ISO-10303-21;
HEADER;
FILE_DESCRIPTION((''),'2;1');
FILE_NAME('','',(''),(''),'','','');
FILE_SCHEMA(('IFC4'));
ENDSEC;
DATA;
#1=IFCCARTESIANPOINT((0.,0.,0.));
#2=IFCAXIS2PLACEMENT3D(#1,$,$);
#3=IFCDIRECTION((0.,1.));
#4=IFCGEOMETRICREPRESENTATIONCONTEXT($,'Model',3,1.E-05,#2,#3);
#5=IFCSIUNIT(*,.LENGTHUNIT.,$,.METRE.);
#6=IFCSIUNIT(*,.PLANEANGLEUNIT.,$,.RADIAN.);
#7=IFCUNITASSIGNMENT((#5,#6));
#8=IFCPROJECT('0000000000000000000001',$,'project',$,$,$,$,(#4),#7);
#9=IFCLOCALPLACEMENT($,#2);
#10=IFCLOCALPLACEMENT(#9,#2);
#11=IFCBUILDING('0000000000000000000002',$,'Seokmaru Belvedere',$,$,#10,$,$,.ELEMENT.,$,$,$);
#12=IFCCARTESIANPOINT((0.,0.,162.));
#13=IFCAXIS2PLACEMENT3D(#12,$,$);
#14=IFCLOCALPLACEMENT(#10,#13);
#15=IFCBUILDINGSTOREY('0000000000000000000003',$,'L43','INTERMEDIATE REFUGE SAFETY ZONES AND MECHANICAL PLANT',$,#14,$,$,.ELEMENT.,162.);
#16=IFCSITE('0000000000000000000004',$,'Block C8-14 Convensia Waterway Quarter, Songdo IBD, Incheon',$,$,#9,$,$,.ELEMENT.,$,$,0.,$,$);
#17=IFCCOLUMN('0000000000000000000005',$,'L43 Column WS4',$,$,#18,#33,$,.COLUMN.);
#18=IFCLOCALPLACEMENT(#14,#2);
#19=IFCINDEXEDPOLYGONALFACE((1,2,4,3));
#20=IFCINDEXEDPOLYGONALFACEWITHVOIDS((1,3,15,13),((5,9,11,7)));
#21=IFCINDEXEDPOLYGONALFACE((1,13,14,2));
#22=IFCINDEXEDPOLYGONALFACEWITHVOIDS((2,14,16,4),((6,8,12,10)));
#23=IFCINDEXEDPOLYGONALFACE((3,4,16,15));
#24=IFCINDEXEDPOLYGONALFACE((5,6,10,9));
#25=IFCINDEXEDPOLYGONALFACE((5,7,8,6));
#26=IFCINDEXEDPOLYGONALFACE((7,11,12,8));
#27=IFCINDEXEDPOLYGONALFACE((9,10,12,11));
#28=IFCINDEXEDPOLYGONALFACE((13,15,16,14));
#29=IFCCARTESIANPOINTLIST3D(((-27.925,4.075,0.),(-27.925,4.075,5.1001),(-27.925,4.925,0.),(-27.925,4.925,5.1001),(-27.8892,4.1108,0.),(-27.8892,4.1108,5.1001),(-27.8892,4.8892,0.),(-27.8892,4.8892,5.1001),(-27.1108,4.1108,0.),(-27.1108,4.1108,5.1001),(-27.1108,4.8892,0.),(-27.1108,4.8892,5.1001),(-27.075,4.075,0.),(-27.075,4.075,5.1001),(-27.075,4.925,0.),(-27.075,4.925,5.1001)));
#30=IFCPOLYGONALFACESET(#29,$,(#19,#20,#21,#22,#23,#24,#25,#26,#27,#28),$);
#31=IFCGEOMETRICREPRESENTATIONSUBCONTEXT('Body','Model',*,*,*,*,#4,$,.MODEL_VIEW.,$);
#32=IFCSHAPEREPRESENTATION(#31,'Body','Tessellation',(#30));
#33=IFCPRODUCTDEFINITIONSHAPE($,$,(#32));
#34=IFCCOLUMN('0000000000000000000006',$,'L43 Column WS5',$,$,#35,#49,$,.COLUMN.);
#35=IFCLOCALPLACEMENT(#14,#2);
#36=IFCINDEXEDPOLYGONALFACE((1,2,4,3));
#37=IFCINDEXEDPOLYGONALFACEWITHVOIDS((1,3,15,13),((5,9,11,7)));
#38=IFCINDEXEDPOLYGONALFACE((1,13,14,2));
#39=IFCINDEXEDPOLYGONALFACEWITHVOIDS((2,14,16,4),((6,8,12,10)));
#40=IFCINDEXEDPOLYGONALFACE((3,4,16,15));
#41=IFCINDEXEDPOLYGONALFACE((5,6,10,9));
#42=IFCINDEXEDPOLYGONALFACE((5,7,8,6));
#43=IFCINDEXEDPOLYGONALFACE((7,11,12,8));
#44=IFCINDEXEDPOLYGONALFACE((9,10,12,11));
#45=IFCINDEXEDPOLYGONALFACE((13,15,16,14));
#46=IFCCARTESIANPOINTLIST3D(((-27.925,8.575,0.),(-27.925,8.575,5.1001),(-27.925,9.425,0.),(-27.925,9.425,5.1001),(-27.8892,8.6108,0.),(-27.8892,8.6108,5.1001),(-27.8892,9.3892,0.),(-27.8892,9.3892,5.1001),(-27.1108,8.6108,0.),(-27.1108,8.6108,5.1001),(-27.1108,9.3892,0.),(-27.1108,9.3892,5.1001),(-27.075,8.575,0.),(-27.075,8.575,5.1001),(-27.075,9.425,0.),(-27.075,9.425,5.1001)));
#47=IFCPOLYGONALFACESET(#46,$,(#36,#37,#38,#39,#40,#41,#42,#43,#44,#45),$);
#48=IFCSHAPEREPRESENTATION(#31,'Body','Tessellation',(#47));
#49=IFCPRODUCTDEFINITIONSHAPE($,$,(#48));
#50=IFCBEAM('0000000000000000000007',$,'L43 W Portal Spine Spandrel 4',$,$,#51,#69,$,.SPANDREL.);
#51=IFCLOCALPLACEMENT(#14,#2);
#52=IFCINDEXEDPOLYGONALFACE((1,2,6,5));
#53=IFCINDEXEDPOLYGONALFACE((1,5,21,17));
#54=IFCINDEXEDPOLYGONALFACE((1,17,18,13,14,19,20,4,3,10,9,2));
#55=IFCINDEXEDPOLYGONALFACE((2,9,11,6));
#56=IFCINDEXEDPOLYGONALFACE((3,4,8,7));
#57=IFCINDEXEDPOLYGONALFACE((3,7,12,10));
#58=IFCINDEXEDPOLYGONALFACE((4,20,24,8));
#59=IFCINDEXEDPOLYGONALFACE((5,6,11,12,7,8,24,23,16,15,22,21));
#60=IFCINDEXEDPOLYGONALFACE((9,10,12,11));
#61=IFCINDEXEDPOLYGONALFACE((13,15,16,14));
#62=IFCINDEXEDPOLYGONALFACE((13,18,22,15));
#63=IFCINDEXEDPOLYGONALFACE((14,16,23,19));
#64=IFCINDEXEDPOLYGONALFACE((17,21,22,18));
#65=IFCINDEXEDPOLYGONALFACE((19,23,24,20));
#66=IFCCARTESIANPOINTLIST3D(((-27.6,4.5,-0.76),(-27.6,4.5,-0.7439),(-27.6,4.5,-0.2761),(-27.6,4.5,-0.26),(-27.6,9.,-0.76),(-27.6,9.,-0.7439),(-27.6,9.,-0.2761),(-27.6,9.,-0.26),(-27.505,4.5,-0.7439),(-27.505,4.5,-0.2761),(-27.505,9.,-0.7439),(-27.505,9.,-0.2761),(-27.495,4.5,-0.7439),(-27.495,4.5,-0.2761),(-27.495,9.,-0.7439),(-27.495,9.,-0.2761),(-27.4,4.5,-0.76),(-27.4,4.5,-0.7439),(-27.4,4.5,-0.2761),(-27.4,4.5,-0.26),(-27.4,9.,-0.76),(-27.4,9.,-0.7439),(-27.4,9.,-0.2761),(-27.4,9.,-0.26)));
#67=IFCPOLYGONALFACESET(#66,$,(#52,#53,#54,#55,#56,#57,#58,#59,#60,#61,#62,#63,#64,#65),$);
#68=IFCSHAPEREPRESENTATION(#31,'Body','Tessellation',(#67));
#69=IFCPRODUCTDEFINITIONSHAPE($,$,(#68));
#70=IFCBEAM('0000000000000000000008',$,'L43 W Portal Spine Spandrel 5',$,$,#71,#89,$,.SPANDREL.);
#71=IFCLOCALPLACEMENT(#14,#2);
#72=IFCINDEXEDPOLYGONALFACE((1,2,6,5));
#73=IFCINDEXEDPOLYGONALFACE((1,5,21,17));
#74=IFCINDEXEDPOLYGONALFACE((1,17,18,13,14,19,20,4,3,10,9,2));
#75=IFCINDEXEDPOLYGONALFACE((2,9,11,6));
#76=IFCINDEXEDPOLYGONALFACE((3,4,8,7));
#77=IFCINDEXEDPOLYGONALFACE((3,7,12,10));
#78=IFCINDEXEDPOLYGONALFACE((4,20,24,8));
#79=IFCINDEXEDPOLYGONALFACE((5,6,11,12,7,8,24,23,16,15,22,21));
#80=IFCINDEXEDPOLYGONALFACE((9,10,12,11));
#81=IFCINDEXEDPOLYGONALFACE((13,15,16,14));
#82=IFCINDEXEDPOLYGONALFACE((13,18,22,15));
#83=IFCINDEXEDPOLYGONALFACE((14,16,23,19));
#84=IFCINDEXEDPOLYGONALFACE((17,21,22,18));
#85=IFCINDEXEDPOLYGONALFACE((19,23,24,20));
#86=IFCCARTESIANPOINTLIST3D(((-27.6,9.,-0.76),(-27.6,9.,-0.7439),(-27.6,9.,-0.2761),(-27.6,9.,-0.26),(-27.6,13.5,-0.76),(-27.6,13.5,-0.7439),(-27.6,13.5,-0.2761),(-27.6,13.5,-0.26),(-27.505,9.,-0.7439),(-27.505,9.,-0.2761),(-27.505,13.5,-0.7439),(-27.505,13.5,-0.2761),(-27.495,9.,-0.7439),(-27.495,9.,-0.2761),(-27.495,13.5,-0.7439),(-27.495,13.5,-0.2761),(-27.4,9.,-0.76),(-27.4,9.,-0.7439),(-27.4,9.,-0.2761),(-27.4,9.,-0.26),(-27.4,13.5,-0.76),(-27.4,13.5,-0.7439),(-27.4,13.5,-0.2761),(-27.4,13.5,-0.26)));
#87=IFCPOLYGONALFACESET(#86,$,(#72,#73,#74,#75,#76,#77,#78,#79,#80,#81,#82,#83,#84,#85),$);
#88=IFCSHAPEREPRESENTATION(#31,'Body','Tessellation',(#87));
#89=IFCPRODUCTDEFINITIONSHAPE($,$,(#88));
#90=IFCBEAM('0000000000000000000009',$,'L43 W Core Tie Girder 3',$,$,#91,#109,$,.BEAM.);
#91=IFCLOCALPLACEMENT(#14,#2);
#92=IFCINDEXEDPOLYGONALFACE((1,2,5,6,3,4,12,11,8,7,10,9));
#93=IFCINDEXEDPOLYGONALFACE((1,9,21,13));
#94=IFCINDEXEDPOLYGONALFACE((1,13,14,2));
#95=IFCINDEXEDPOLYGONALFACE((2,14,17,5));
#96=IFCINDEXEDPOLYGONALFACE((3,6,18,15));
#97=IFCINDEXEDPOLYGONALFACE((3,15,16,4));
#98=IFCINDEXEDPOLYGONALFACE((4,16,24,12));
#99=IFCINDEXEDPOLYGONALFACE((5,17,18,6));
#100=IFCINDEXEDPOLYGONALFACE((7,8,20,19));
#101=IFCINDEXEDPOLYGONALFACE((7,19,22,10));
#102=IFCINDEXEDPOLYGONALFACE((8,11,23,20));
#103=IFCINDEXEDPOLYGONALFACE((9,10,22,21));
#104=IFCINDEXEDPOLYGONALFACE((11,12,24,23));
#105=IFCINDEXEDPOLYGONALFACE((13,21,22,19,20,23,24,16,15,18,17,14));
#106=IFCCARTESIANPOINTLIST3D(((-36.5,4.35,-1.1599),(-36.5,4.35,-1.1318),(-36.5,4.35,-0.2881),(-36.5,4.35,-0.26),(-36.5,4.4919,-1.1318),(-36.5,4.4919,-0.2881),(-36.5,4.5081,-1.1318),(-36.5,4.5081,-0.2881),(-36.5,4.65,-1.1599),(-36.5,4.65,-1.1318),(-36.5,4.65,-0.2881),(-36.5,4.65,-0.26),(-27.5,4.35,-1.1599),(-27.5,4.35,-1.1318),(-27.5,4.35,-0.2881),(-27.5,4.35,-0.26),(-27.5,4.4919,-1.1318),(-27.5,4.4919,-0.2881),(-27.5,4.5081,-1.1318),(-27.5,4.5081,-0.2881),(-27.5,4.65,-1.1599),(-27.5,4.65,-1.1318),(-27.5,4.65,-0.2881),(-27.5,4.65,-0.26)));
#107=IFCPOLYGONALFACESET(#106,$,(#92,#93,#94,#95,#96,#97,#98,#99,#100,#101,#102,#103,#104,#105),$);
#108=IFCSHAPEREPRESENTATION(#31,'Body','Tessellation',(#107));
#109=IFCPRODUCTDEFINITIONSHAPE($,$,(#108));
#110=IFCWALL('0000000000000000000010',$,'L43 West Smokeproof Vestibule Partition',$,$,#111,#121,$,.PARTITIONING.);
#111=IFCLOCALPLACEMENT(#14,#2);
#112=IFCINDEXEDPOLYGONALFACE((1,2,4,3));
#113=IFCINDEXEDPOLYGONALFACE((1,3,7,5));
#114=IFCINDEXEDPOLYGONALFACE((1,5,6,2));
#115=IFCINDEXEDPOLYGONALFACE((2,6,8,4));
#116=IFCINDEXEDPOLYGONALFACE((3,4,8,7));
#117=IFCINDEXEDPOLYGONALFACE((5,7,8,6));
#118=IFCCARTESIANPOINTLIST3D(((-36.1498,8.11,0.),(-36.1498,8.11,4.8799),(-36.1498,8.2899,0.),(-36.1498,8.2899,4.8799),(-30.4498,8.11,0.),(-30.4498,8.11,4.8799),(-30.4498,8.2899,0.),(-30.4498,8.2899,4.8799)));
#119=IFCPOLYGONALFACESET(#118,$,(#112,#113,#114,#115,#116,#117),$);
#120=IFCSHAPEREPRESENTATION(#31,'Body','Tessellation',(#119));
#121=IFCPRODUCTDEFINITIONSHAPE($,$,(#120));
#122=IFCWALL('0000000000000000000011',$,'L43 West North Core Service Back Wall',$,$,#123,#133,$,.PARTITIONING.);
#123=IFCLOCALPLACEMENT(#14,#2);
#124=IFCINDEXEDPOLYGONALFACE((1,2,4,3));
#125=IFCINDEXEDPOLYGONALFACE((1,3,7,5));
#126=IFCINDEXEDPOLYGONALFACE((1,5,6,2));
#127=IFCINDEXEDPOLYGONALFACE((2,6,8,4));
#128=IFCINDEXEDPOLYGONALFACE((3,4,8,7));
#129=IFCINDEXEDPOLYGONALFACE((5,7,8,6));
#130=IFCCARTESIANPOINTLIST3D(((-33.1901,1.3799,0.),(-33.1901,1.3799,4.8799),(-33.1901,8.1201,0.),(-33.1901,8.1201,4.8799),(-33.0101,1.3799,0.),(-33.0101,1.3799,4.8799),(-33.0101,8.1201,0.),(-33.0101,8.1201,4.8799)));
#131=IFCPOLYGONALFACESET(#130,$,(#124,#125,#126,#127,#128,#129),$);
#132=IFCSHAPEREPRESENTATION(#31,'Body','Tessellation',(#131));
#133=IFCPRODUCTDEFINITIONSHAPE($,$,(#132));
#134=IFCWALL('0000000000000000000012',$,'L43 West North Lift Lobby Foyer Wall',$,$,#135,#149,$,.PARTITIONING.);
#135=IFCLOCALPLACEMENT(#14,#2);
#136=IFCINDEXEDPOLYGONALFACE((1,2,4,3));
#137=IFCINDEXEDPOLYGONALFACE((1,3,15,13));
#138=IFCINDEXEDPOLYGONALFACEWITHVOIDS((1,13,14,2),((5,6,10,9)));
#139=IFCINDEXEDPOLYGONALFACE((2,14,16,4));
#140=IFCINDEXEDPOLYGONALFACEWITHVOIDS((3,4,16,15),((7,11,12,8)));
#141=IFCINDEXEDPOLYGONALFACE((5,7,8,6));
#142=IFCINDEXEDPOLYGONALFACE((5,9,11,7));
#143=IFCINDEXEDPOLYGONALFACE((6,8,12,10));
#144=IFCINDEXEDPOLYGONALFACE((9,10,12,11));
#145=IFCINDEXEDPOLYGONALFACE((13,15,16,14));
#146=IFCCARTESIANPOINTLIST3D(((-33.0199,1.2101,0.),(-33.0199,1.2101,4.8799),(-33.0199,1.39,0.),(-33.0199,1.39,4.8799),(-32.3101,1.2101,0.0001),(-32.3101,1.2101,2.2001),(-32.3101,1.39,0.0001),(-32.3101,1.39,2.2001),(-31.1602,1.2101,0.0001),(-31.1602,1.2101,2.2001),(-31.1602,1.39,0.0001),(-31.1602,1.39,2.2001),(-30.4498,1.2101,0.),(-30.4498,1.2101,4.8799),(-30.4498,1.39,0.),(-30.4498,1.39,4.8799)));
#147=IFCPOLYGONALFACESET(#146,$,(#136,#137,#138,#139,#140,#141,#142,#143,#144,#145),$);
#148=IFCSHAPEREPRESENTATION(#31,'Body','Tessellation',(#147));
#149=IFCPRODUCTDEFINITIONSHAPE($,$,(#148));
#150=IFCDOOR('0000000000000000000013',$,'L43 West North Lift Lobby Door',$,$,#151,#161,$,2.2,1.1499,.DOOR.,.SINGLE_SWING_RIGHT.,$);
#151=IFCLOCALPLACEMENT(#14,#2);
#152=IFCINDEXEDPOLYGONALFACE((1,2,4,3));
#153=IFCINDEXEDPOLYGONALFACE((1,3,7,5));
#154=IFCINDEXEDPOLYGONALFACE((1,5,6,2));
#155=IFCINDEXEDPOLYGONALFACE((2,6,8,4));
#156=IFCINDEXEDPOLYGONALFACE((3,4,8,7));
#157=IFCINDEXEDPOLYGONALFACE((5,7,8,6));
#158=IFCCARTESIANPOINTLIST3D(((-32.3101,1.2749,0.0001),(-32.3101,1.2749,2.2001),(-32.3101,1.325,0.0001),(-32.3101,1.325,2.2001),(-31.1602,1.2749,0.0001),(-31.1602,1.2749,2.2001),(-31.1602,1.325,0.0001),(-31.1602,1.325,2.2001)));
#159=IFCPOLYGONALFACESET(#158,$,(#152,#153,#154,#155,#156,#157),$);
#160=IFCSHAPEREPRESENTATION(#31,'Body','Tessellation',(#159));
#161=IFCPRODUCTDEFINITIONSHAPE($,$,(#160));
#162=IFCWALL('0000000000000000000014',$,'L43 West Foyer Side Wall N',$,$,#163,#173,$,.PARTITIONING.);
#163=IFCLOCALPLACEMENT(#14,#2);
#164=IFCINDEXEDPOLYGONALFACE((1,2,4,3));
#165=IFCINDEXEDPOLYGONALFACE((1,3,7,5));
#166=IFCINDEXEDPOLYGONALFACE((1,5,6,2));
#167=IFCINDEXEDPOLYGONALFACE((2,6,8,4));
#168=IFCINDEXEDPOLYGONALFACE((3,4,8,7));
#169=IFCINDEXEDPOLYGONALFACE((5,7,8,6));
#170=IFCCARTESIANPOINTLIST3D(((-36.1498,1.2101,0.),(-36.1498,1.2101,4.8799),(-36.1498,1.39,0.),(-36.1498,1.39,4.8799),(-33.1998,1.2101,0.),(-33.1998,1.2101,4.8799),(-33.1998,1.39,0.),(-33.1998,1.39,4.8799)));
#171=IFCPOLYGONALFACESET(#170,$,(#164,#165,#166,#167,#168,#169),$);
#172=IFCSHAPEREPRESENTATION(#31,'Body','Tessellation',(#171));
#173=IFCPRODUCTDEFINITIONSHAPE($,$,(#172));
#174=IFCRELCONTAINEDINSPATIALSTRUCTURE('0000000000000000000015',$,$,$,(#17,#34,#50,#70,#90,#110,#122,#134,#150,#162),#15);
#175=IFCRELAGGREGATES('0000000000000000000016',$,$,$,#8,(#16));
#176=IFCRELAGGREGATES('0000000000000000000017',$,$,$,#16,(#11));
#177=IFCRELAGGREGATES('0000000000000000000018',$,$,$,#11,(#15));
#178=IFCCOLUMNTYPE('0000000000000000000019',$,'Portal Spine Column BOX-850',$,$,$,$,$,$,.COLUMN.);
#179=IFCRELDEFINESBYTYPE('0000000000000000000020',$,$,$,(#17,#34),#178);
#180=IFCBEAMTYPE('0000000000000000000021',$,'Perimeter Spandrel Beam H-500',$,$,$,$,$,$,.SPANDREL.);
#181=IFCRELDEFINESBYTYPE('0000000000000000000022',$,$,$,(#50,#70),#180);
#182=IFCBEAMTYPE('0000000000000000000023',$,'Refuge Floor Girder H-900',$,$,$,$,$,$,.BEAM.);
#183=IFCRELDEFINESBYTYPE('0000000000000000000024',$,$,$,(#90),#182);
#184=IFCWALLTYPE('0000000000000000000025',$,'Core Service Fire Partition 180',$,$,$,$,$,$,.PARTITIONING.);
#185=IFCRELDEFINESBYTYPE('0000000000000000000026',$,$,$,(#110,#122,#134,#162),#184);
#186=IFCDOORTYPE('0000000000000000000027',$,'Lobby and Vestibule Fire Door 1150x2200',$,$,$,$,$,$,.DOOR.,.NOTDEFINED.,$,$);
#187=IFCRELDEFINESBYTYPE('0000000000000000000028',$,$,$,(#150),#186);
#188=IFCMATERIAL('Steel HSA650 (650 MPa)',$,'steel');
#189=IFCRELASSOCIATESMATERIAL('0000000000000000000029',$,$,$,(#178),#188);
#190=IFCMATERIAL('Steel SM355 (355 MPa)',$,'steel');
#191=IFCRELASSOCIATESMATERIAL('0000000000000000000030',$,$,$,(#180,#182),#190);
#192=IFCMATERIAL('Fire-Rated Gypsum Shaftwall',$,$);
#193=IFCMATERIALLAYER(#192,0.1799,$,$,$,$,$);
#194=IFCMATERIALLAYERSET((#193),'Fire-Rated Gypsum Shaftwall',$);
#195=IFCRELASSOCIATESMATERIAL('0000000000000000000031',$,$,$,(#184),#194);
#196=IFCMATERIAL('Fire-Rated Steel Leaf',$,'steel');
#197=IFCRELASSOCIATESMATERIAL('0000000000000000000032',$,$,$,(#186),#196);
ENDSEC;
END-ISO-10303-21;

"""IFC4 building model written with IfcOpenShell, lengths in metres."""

from ifc_helpers import new_model, si_unit, direction, frame, frame_2d, origin, origin_2d, place, context, subcontext, project, spatial, rectangle, hollow_rectangle, i_section, extrude, source, transform, mapped, material, layer, layer_set, material_profile, profile_set, type_object, type_shapes, element, fill, save


model = new_model("IFC4")

# Units and contexts
model_context = context("Model", 3, precision=1e-05, world=origin(), true_north=direction((0.0, 1.0)))
body_context = subcontext(model_context, "Body", "Model", "MODEL_VIEW")
ifc_project = project(units=[si_unit("LENGTHUNIT", "METRE"), si_unit("PLANEANGLEUNIT", "RADIAN")], contexts=[model_context])

# Site, building, storey
site_placement = place(None, origin())
site = spatial("IfcSite", under=ifc_project, at=site_placement, Name="Block C8-14 Convensia Waterway Quarter, Songdo IBD, Incheon", CompositionType="ELEMENT", RefElevation=0.0)
building_placement = place(site_placement, origin())
building = spatial("IfcBuilding", under=site, at=building_placement, Name="Seokmaru Belvedere", CompositionType="ELEMENT")
storey_placement = place(building_placement, frame((0.0, 0.0, 162.0)))
storey = spatial("IfcBuildingStorey", under=building, at=storey_placement, Name="L43", Description="INTERMEDIATE REFUGE SAFETY ZONES AND MECHANICAL PLANT", CompositionType="ELEMENT", Elevation=162.0)

# Columns
ifc_material_1 = material(Name="Steel HSA650 (650 MPa)", Category="steel")
ifc_material_profile_1 = material_profile(ifc_material_1, hollow_rectangle(XDim=0.8501, YDim=0.8501, WallThickness=0.0359, at=origin_2d()), Name="BOX-850x850x36")
ifc_profile_set_1 = profile_set([ifc_material_profile_1], Name="Steel HSA650 (650 MPa)")
column_type = type_object("IfcColumnType", Name="Portal Spine Column BOX-850", PredefinedType="COLUMN", material=ifc_profile_set_1)
shared_shape_1 = source(origin(), body_context, "Body", "SweptSolid", [
    extrude(hollow_rectangle(XDim=0.8501, YDim=0.8501, WallThickness=0.0359, at=origin_2d()), origin(), (0.0, 0.0, 1.0), 5.1001),
])
type_shapes(column_type, [shared_shape_1])
for number, where, z_axis, x_axis, name in (
    (1, (-27.5, 4.5, 0.0), (0.0, 0.0, 1.0), (1.0, 0.0, 0.0), "L43 Column WS4"),
    (2, (-27.5, 9.0, 0.0), (0.0, 0.0, 1.0), (1.0, 0.0, 0.0), "L43 Column WS5"),
):
    element("IfcColumn", number, at=place(storey_placement, frame(where, z_axis=z_axis, x_axis=x_axis)), inside=storey, type_object=column_type, Name=name, PredefinedType="COLUMN", context=body_context, shape_type="MappedRepresentation", body=[
        mapped(shared_shape_1, transform((0.0, 0.0, 0.0), scale=1.0)),
    ])

# Beams
ifc_material_2 = material(Name="Steel SM355 (355 MPa)", Category="steel")
ifc_material_profile_2 = material_profile(ifc_material_2, i_section(OverallWidth=0.2, OverallDepth=0.5, WebThickness=0.01, FlangeThickness=0.0161, at=origin_2d()), Name="H-500x200x10x16")
ifc_profile_set_2 = profile_set([ifc_material_profile_2], Name="Steel SM355 (355 MPa)")
beam_type_1 = type_object("IfcBeamType", Name="Perimeter Spandrel Beam H-500", PredefinedType="SPANDREL", material=ifc_profile_set_2)
shared_shape_2 = source(origin(), body_context, "Body", "SweptSolid", [
    extrude(i_section(OverallWidth=0.2, OverallDepth=0.5, WebThickness=0.01, FlangeThickness=0.0161, at=origin_2d()), origin(), (0.0, 0.0, 1.0), 4.5),
])
type_shapes(beam_type_1, [shared_shape_2])
for number, where, z_axis, x_axis, name in (
    (3, (-27.5, 4.5, -0.51), (0.0, 1.0, 0.0), (-1.0, 0.0, 0.0), "L43 W Portal Spine Spandrel 4"),
    (4, (-27.5, 9.0, -0.51), (0.0, 1.0, 0.0), (-1.0, 0.0, 0.0), "L43 W Portal Spine Spandrel 5"),
):
    element("IfcBeam", number, at=place(storey_placement, frame(where, z_axis=z_axis, x_axis=x_axis)), inside=storey, type_object=beam_type_1, Name=name, PredefinedType="SPANDREL", context=body_context, shape_type="MappedRepresentation", body=[
        mapped(shared_shape_2, transform((0.0, 0.0, 0.0), scale=1.0)),
    ])
ifc_material_profile_3 = material_profile(ifc_material_2, i_section(OverallWidth=0.3, OverallDepth=0.8999, WebThickness=0.0161, FlangeThickness=0.0281, at=origin_2d()), Name="H-900x300x16x28")
ifc_profile_set_3 = profile_set([ifc_material_profile_3], Name="Steel SM355 (355 MPa)")
beam_type_2 = type_object("IfcBeamType", Name="Refuge Floor Girder H-900", PredefinedType="BEAM", material=ifc_profile_set_3)
shared_shape_3 = source(origin(), body_context, "Body", "SweptSolid", [
    extrude(i_section(OverallWidth=0.3, OverallDepth=0.8999, WebThickness=0.0161, FlangeThickness=0.0281, at=origin_2d()), origin(), (0.0, 0.0, 1.0), 9.0),
])
type_shapes(beam_type_2, [shared_shape_3])
beam_placement = place(storey_placement, frame((-36.5, 4.5, -0.71), z_axis=(1.0, 0.0, 0.0), x_axis=(0.0, 1.0, 0.0)))
element("IfcBeam", 5, at=beam_placement, inside=storey, type_object=beam_type_2, Name="L43 W Core Tie Girder 3", PredefinedType="BEAM", context=body_context, shape_type="MappedRepresentation", body=[
    mapped(shared_shape_3, transform((0.0, 0.0, 0.0), scale=1.0)),
])

# Walls
ifc_material_3 = material(Name="Fire-Rated Gypsum Shaftwall")
ifc_layer_1 = layer(ifc_material_3, 0.1799)
ifc_layer_set_1 = layer_set([ifc_layer_1], Name="Fire-Rated Gypsum Shaftwall")
wall_type_1 = type_object("IfcWallType", Name="Core Service Fire Partition 180", PredefinedType="PARTITIONING", material=ifc_layer_set_1)
wall_1_placement = place(storey_placement, frame((-36.1499, 8.2, 0.0), z_axis=(0.0, 0.0, 1.0), x_axis=(1.0, 0.0, 0.0)))
element("IfcWall", 6, at=wall_1_placement, inside=storey, type_object=wall_type_1, Name="L43 West Smokeproof Vestibule Partition", PredefinedType="PARTITIONING", context=body_context, shape_type="SweptSolid", body=[
    extrude(rectangle(XDim=5.7, YDim=0.1799, at=frame_2d((2.8501, 0.0))), origin(), (0.0, 0.0, 1.0), 4.8799),
])
wall_2_placement = place(storey_placement, frame((-33.1001, 1.3799, 0.0), z_axis=(0.0, 0.0, 1.0), x_axis=(0.0, 1.0, 0.0)))
element("IfcWall", 7, at=wall_2_placement, inside=storey, type_object=wall_type_1, Name="L43 West North Core Service Back Wall", PredefinedType="PARTITIONING", context=body_context, shape_type="SweptSolid", body=[
    extrude(rectangle(XDim=6.7402, YDim=0.1799, at=frame_2d((3.3701, 0.0))), origin(), (0.0, 0.0, 1.0), 4.8799),
])

# Wall, opening, door
wall_3_placement = place(storey_placement, frame((-33.02, 1.3, 0.0), z_axis=(0.0, 0.0, 1.0), x_axis=(1.0, 0.0, 0.0)))
wall_3 = element("IfcWall", 8, at=wall_3_placement, inside=storey, type_object=wall_type_1, Name="L43 West North Lift Lobby Foyer Wall", PredefinedType="PARTITIONING", context=body_context, shape_type="SweptSolid", body=[
    extrude(rectangle(XDim=2.5701, YDim=0.1799, at=frame_2d((1.2852, 0.0))), origin(), (0.0, 0.0, 1.0), 4.8799),
])
opening_1_placement = place(wall_3_placement, frame((0.71, 0.0, 0.0)))
opening_1 = element("IfcOpeningElement", 9, at=opening_1_placement, cuts=wall_3, PredefinedType="OPENING", context=body_context, shape_type="SweptSolid", body=[
    extrude(rectangle(XDim=1.1499, YDim=2.2, at=frame_2d((0.575, 1.1001))), frame((0.0, 0.1001, 0.0), z_axis=(0.0, -1.0, 0.0), x_axis=(1.0, 0.0, 0.0)), (0.0, 0.0, 1.0), 0.2),
])
ifc_material_4 = material(Name="Fire-Rated Steel Leaf", Category="steel")
door_type_1 = type_object("IfcDoorType", Name="Lobby and Vestibule Fire Door 1150x2200", OperationType="NOTDEFINED", PredefinedType="DOOR", material=ifc_material_4)
shared_shape_4 = source(origin(), body_context, "Body", "SweptSolid", [
    extrude(rectangle(XDim=1.1499, YDim=2.2, at=frame_2d((0.575, 1.1001))), frame((0.0, 0.0249, 0.0), z_axis=(0.0, -1.0, 0.0), x_axis=(1.0, 0.0, 0.0)), (0.0, 0.0, 1.0), 0.05),
])
type_shapes(door_type_1, [shared_shape_4])
door_1_placement = place(opening_1_placement, origin())
door_1 = element("IfcDoor", 10, at=door_1_placement, inside=storey, type_object=door_type_1, Name="L43 West North Lift Lobby Door", OperationType="SINGLE_SWING_RIGHT", OverallHeight=2.2, OverallWidth=1.1499, PredefinedType="DOOR", context=body_context, shape_type="MappedRepresentation", body=[
    mapped(shared_shape_4, transform((0.0, 0.0, 0.0), scale=1.0)),
])
fill(opening_1, door_1)

# Wall
wall_4_placement = place(storey_placement, frame((-36.1499, 1.3, 0.0), z_axis=(0.0, 0.0, 1.0), x_axis=(1.0, 0.0, 0.0)))
element("IfcWall", 11, at=wall_4_placement, inside=storey, type_object=wall_type_1, Name="L43 West Foyer Side Wall N", PredefinedType="PARTITIONING", context=body_context, shape_type="SweptSolid", body=[
    extrude(rectangle(XDim=2.95, YDim=0.1799, at=frame_2d((1.4751, 0.0))), origin(), (0.0, 0.0, 1.0), 4.8799),
])

save(model, "model.ifc")
